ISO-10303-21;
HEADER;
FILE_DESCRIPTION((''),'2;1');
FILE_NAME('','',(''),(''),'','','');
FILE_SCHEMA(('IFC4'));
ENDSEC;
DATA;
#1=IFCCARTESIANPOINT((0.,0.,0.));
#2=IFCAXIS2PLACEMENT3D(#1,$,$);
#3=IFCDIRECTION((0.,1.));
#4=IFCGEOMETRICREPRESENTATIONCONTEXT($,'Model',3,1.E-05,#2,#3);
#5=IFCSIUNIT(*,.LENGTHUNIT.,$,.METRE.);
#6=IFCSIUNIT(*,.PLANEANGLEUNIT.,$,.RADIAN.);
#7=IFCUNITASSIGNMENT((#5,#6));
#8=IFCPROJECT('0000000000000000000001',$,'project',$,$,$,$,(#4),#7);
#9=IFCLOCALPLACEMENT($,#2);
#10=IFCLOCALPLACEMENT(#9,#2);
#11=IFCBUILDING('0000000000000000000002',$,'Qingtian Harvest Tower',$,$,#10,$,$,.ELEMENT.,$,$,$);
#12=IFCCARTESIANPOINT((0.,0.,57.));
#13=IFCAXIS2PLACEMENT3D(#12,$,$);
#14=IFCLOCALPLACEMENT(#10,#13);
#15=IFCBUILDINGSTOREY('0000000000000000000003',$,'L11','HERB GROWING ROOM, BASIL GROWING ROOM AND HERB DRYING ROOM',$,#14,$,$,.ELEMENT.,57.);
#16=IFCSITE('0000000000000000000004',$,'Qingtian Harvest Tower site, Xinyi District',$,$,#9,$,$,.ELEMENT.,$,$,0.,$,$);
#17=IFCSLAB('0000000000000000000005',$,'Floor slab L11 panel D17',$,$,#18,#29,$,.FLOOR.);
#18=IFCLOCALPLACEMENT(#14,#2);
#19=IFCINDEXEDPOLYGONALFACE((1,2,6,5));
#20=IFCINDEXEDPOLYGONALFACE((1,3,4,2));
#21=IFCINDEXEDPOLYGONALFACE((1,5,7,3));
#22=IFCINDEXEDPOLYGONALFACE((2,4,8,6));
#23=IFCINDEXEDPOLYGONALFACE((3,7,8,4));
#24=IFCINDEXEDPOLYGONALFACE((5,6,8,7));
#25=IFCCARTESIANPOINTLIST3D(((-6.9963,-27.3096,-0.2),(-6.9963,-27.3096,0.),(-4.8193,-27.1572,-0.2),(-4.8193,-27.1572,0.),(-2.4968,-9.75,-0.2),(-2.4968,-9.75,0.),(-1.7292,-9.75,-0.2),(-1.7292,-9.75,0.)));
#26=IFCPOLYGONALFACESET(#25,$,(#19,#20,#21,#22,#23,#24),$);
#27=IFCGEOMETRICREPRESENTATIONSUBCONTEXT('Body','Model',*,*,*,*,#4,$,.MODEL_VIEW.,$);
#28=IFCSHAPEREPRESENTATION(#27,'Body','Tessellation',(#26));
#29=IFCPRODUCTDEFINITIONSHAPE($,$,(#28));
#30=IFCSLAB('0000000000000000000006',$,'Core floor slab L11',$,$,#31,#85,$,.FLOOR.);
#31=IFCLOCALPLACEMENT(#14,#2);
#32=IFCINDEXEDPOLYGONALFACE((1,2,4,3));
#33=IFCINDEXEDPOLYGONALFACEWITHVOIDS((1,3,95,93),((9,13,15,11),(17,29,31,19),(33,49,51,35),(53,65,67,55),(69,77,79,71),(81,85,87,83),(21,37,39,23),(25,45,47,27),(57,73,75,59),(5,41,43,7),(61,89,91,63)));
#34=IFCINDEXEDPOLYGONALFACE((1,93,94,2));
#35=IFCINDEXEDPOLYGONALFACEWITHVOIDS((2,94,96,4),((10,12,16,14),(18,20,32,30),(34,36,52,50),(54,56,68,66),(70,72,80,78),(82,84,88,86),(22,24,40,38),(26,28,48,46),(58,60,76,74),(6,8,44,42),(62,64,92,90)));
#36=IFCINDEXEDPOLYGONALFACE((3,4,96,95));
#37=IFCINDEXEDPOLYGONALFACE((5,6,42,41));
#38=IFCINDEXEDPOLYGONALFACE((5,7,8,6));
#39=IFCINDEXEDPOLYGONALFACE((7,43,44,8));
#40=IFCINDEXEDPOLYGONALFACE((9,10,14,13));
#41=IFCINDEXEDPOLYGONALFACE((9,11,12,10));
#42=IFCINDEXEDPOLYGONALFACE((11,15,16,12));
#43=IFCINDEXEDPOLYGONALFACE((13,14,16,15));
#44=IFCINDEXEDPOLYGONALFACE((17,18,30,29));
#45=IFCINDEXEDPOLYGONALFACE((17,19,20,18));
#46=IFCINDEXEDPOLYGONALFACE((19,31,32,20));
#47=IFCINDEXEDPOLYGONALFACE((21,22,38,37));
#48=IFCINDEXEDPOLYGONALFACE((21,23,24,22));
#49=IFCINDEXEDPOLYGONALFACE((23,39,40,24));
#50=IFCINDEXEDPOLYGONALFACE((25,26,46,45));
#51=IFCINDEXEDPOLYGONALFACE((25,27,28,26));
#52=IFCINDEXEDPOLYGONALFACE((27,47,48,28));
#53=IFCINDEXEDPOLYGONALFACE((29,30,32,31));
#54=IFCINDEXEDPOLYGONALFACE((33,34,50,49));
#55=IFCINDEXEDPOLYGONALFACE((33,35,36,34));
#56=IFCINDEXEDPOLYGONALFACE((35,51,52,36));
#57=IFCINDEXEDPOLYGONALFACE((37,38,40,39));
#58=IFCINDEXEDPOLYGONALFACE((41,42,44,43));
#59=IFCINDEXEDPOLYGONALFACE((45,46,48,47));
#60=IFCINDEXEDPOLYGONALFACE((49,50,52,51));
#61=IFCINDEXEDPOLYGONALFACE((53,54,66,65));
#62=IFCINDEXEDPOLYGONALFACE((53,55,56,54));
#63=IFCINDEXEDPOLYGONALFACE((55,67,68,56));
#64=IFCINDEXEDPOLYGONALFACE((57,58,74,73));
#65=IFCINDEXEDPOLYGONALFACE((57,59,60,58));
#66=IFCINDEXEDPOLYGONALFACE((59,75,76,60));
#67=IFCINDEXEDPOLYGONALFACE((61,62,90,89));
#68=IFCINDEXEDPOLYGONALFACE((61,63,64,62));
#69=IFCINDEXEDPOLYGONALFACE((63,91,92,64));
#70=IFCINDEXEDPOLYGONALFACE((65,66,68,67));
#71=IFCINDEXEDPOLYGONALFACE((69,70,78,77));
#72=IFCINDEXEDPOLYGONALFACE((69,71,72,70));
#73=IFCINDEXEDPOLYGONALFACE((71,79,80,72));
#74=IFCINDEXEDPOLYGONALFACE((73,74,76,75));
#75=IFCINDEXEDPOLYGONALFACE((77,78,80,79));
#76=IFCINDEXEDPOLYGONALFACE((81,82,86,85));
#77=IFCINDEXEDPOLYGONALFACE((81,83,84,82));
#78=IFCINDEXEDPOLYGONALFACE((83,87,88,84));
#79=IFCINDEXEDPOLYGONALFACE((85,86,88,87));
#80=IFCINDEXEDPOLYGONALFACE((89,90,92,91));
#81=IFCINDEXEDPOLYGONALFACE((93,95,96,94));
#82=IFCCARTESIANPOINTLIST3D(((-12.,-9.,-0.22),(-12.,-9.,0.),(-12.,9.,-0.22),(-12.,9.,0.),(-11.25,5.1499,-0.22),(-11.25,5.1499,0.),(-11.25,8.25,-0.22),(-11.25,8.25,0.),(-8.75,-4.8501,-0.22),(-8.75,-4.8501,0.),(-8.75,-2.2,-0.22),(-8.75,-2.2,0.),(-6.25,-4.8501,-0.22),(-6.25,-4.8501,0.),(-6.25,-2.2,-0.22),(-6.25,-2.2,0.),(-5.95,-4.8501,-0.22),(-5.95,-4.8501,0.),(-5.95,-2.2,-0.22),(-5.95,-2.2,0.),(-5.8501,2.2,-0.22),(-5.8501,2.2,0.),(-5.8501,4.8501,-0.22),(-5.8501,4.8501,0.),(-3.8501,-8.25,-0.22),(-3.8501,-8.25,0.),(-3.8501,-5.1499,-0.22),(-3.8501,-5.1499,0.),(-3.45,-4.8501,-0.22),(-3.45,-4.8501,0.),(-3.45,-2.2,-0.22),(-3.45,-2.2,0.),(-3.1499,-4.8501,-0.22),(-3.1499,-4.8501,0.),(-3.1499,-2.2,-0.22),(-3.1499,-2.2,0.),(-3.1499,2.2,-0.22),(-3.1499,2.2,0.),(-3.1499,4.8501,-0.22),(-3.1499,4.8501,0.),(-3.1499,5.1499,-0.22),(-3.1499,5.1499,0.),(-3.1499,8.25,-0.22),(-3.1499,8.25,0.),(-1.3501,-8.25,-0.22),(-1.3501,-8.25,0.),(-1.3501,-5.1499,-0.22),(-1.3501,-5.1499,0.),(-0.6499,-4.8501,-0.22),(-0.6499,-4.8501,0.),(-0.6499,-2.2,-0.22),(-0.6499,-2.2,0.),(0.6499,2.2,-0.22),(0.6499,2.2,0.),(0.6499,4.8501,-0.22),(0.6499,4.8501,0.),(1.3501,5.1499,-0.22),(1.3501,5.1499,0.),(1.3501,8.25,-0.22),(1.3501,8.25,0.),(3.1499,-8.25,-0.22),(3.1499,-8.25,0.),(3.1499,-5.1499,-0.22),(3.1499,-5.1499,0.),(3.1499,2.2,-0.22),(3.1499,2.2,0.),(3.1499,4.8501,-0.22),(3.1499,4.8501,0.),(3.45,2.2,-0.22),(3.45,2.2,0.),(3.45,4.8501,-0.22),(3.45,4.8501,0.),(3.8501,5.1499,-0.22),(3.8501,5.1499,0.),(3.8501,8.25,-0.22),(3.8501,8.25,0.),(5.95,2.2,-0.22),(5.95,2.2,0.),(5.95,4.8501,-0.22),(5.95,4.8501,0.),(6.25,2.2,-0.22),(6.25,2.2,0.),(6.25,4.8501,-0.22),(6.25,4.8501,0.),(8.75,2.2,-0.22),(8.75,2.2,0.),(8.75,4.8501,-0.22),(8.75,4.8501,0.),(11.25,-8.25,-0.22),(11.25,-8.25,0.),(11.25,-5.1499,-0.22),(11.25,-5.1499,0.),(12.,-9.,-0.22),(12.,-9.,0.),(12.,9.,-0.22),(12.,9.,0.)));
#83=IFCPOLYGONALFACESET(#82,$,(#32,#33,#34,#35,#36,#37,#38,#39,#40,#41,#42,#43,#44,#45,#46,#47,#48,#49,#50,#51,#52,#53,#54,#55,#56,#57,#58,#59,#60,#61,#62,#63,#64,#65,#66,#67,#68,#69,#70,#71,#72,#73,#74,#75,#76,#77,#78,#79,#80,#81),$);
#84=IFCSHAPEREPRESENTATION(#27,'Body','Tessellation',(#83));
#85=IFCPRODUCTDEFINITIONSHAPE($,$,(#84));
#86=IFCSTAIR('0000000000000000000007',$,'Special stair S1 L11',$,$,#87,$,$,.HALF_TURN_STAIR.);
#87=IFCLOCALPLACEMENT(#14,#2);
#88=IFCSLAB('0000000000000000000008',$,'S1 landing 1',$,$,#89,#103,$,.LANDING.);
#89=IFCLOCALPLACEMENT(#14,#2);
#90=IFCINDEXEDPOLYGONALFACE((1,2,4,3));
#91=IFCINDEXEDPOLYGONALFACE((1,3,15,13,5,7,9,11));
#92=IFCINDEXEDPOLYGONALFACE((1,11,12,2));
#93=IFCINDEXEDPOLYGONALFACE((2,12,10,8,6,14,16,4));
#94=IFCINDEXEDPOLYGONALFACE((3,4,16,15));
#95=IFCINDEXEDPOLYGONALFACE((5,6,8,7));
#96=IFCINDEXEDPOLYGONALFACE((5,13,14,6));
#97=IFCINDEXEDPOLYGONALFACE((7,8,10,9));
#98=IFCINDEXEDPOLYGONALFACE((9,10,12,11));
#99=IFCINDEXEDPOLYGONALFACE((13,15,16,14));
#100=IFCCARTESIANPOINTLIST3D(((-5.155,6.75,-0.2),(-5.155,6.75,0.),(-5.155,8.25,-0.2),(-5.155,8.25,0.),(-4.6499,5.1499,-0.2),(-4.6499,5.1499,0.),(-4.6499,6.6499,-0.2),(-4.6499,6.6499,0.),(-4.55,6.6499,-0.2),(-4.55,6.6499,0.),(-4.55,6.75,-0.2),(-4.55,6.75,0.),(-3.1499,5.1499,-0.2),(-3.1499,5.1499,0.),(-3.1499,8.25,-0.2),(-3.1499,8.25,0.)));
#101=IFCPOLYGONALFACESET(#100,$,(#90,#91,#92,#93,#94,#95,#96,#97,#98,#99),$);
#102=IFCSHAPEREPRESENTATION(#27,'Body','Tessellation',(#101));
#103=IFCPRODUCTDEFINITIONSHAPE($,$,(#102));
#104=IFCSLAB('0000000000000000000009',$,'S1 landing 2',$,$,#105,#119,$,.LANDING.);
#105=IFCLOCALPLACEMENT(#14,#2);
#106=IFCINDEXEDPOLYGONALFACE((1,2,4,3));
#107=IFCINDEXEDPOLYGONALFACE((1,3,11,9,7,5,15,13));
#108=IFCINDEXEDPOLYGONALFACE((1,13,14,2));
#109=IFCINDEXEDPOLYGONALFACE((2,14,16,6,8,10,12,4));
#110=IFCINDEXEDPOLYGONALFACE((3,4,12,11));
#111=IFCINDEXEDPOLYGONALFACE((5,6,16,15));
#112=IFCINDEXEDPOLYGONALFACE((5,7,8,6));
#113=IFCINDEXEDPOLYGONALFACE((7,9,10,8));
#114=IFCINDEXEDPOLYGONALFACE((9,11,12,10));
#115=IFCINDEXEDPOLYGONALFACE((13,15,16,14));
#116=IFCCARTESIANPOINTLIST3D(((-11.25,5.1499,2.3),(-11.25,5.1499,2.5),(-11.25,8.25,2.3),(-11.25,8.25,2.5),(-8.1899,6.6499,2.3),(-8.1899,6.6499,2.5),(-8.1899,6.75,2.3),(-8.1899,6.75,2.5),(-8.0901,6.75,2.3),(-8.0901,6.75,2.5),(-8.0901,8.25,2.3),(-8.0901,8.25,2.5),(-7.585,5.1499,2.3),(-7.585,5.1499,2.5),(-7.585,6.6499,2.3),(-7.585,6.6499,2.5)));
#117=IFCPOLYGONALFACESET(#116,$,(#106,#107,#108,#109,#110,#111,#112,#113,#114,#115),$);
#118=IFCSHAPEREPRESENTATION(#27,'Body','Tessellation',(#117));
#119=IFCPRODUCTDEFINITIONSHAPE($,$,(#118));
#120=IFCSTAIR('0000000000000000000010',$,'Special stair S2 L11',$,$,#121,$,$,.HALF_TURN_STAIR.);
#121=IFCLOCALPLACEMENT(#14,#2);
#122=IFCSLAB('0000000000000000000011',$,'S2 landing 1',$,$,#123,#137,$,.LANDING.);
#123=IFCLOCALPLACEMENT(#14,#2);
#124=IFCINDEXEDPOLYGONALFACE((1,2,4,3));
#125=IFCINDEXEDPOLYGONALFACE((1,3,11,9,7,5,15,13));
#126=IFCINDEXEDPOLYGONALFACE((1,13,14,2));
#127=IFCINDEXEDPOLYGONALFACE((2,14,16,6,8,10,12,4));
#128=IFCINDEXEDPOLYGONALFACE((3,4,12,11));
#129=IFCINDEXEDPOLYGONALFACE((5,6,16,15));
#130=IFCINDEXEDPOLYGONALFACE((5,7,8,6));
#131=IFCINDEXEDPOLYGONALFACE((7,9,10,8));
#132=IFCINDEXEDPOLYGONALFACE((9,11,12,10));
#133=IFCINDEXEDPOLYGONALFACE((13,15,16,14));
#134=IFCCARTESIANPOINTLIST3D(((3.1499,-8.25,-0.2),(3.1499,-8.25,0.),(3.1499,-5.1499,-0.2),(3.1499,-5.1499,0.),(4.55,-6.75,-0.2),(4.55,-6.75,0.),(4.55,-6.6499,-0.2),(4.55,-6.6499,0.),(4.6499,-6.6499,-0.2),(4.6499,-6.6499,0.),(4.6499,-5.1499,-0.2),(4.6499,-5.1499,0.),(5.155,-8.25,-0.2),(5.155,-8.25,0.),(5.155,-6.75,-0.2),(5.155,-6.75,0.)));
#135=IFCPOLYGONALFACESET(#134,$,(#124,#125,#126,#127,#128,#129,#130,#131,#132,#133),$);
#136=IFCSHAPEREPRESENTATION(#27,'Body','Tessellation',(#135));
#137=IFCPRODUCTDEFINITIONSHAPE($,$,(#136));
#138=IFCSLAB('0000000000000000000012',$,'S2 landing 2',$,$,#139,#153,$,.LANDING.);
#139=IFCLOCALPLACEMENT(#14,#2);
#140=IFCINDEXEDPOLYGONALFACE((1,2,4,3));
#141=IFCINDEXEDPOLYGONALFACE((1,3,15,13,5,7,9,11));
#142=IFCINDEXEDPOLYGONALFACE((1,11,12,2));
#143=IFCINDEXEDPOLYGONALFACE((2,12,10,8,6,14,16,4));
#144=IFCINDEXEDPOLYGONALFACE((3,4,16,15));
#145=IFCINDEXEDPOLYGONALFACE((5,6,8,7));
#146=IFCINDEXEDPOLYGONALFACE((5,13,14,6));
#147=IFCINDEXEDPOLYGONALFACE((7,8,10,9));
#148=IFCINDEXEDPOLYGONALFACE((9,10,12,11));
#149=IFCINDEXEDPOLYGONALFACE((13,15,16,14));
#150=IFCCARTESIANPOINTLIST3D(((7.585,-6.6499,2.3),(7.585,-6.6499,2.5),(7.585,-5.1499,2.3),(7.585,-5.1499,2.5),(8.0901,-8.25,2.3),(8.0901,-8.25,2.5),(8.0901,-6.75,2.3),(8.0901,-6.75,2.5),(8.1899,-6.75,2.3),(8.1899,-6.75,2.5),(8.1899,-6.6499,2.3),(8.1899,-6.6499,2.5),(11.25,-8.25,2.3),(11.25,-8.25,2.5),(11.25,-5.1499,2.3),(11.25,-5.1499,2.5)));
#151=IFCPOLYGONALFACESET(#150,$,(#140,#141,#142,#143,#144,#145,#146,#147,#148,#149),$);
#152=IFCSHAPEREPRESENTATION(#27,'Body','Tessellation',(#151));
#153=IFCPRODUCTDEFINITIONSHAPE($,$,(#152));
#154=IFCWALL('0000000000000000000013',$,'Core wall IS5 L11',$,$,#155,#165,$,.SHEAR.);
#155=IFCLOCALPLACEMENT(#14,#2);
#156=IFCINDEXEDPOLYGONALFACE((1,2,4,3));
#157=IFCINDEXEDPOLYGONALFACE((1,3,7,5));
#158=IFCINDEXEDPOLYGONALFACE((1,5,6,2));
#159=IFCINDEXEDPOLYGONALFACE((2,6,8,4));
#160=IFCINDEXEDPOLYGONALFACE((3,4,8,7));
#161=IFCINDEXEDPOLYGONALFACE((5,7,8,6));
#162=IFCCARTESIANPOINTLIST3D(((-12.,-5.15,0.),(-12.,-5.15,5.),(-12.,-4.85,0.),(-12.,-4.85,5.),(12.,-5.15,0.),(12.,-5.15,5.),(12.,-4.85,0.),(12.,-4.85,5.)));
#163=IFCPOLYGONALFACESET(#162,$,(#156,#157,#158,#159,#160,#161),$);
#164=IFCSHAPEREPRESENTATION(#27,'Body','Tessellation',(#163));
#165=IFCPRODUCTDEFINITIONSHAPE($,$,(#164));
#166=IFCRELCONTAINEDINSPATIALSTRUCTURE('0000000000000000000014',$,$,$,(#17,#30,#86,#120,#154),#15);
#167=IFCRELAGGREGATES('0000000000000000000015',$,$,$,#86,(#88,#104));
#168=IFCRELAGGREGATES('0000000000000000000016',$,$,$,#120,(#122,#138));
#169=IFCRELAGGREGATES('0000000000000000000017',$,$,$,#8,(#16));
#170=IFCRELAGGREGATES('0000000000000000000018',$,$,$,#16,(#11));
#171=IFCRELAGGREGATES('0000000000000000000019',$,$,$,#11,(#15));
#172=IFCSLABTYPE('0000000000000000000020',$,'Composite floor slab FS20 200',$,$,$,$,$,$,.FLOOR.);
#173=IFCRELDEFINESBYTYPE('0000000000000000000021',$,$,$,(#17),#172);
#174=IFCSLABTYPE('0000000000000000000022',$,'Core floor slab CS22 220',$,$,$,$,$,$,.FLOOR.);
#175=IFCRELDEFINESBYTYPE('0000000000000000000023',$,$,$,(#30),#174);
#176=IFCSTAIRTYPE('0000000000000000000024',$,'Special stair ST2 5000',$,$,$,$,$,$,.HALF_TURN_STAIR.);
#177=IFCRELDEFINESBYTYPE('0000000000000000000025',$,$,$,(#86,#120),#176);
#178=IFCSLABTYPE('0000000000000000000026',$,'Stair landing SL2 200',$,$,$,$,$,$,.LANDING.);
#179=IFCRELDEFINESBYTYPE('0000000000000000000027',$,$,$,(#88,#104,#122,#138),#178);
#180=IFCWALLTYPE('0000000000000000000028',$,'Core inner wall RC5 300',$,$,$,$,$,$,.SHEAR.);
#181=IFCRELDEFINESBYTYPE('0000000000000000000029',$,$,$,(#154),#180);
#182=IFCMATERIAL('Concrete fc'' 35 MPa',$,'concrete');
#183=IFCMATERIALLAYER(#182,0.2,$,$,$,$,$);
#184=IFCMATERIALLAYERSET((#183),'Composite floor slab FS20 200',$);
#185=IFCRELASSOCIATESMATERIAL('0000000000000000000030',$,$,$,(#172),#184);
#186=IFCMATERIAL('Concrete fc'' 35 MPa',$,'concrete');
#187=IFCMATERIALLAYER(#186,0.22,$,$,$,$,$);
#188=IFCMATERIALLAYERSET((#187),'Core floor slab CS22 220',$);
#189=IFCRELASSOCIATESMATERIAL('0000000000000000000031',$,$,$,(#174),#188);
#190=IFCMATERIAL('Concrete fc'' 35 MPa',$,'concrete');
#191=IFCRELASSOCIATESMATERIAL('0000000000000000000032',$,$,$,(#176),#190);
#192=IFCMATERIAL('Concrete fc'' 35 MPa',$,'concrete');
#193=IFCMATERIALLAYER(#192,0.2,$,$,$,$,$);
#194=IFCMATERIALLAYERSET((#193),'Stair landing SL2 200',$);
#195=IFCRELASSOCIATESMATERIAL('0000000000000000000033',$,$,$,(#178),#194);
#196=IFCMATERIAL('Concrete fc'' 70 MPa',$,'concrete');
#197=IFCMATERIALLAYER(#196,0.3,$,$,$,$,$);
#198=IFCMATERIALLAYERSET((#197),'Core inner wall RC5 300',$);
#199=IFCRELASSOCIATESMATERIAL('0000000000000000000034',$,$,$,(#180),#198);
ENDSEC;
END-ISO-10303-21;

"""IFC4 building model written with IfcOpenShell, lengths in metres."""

from ifc_helpers import new_model, si_unit, direction, frame, frame_2d, origin, place, context, subcontext, project, spatial, polyline, rectangle, outline, extrude, material, layer, layer_set, type_object, element, aggregate, save


model = new_model("IFC4")

# Units and contexts
model_context = context("Model", 3, precision=1e-05, world=origin(), true_north=direction((0.0, 1.0)))
body_context = subcontext(model_context, "Body", "Model", "MODEL_VIEW")
ifc_project = project(units=[si_unit("LENGTHUNIT", "METRE"), si_unit("PLANEANGLEUNIT", "RADIAN")], contexts=[model_context])

# Site, building, storey
site_placement = place(None, origin())
site = spatial("IfcSite", under=ifc_project, at=site_placement, Name="Qingtian Harvest Tower site, Xinyi District", CompositionType="ELEMENT", RefElevation=0.0)
building_placement = place(site_placement, origin())
building = spatial("IfcBuilding", under=site, at=building_placement, Name="Qingtian Harvest Tower", CompositionType="ELEMENT")
storey_placement = place(building_placement, frame((0.0, 0.0, 57.0)))
storey = spatial("IfcBuildingStorey", under=building, at=storey_placement, Name="L11", Description="HERB GROWING ROOM, BASIL GROWING ROOM AND HERB DRYING ROOM", CompositionType="ELEMENT", Elevation=57.0)

# Slabs
ifc_material_1 = material(Name="Concrete fc' 35 MPa", Category="concrete")
ifc_layer_1 = layer(ifc_material_1, 0.2)
ifc_layer_set_1 = layer_set([ifc_layer_1], Name="Composite floor slab FS20 200")
slab_type_1 = type_object("IfcSlabType", Name="Composite floor slab FS20 200", PredefinedType="FLOOR", material=ifc_layer_set_1)
slab_1_placement = place(storey_placement, frame((0.0, 0.0, -0.2)))
element("IfcSlab", 1, at=slab_1_placement, inside=storey, type_object=slab_type_1, Name="Floor slab L11 panel D17", PredefinedType="FLOOR", context=body_context, shape_type="SweptSolid", body=[
    extrude(outline(polyline([(-1.7292, -9.75), (-4.8193, -27.1572), (-6.9963, -27.3096), (-2.4968, -9.75), (-1.7292, -9.75)])), origin(), (0.0, 0.0, 1.0), 0.2),
])
ifc_material_2 = material(Name="Concrete fc' 35 MPa", Category="concrete")
ifc_layer_2 = layer(ifc_material_2, 0.22)
ifc_layer_set_2 = layer_set([ifc_layer_2], Name="Core floor slab CS22 220")
slab_type_2 = type_object("IfcSlabType", Name="Core floor slab CS22 220", PredefinedType="FLOOR", material=ifc_layer_set_2)
slab_2_placement = place(storey_placement, frame((0.0, 0.0, -0.22)))
element("IfcSlab", 2, at=slab_2_placement, inside=storey, type_object=slab_type_2, Name="Core floor slab L11", PredefinedType="FLOOR", context=body_context, shape_type="SweptSolid", body=[
    extrude(outline(polyline([(-12.0, -9.0), (12.0, -9.0), (12.0, 9.0), (-12.0, 9.0), (-12.0, -9.0)]), holes=[polyline([(-11.25, 5.1499), (-3.1499, 5.1499), (-3.1499, 8.25), (-11.25, 8.25), (-11.25, 5.1499)]), polyline([(3.1499, -8.25), (11.25, -8.25), (11.25, -5.1499), (3.1499, -5.1499), (3.1499, -8.25)]), polyline([(1.3501, 5.1499), (3.8501, 5.1499), (3.8501, 8.25), (1.3501, 8.25), (1.3501, 5.1499)]), polyline([(-3.8501, -8.25), (-1.3501, -8.25), (-1.3501, -5.1499), (-3.8501, -5.1499), (-3.8501, -8.25)]), polyline([(-5.8501, 2.2), (-3.1499, 2.2), (-3.1499, 4.8501), (-5.8501, 4.8501), (-5.8501, 2.2)]), polyline([(0.6499, 2.2), (3.1499, 2.2), (3.1499, 4.8501), (0.6499, 4.8501), (0.6499, 2.2)]), polyline([(3.45, 2.2), (5.95, 2.2), (5.95, 4.8501), (3.45, 4.8501), (3.45, 2.2)]), polyline([(6.25, 2.2), (8.75, 2.2), (8.75, 4.8501), (6.25, 4.8501), (6.25, 2.2)]), polyline([(-8.75, -4.8501), (-6.25, -4.8501), (-6.25, -2.2), (-8.75, -2.2), (-8.75, -4.8501)]), polyline([(-5.95, -4.8501), (-3.45, -4.8501), (-3.45, -2.2), (-5.95, -2.2), (-5.95, -4.8501)]), polyline([(-3.1499, -4.8501), (-0.6499, -4.8501), (-0.6499, -2.2), (-3.1499, -2.2), (-3.1499, -4.8501)])]), origin(), (0.0, 0.0, 1.0), 0.22),
])

# Stairs, slabs
ifc_material_3 = material(Name="Concrete fc' 35 MPa", Category="concrete")
stair_type = type_object("IfcStairType", Name="Special stair ST2 5000", PredefinedType="HALF_TURN_STAIR", material=ifc_material_3)
stair_1_placement = place(storey_placement, origin())
stair_1 = element("IfcStair", 3, at=stair_1_placement, inside=storey, type_object=stair_type, Name="Special stair S1 L11", PredefinedType="HALF_TURN_STAIR")
ifc_material_4 = material(Name="Concrete fc' 35 MPa", Category="concrete")
ifc_layer_3 = layer(ifc_material_4, 0.2)
ifc_layer_set_3 = layer_set([ifc_layer_3], Name="Stair landing SL2 200")
slab_type_3 = type_object("IfcSlabType", Name="Stair landing SL2 200", PredefinedType="LANDING", material=ifc_layer_set_3)
slab_3_placement = place(storey_placement, frame((0.0, 0.0, -0.2)))
slab_3 = element("IfcSlab", 4, at=slab_3_placement, type_object=slab_type_3, Name="S1 landing 1", PredefinedType="LANDING", context=body_context, shape_type="SweptSolid", body=[
    extrude(outline(polyline([(-4.6499, 5.1499), (-4.6499, 6.6499), (-4.55, 6.6499), (-4.55, 6.75), (-5.155, 6.75), (-5.155, 8.25), (-3.1499, 8.25), (-3.1499, 5.1499), (-4.6499, 5.1499)])), origin(), (0.0, 0.0, 1.0), 0.2),
])
slab_4_placement = place(storey_placement, frame((0.0, 0.0, 2.3)))
slab_4 = element("IfcSlab", 5, at=slab_4_placement, type_object=slab_type_3, Name="S1 landing 2", PredefinedType="LANDING", context=body_context, shape_type="SweptSolid", body=[
    extrude(outline(polyline([(-7.585, 5.1499), (-11.25, 5.1499), (-11.25, 8.25), (-8.0901, 8.25), (-8.0901, 6.75), (-8.1899, 6.75), (-8.1899, 6.6499), (-7.585, 6.6499), (-7.585, 5.1499)])), origin(), (0.0, 0.0, 1.0), 0.2),
])
aggregate(stair_1, [slab_3, slab_4])
stair_2_placement = place(storey_placement, origin())
stair_2 = element("IfcStair", 6, at=stair_2_placement, inside=storey, type_object=stair_type, Name="Special stair S2 L11", PredefinedType="HALF_TURN_STAIR")
slab_5_placement = place(storey_placement, frame((0.0, 0.0, -0.2)))
slab_5 = element("IfcSlab", 7, at=slab_5_placement, type_object=slab_type_3, Name="S2 landing 1", PredefinedType="LANDING", context=body_context, shape_type="SweptSolid", body=[
    extrude(outline(polyline([(5.155, -8.25), (3.1499, -8.25), (3.1499, -5.1499), (4.6499, -5.1499), (4.6499, -6.6499), (4.55, -6.6499), (4.55, -6.75), (5.155, -6.75), (5.155, -8.25)])), origin(), (0.0, 0.0, 1.0), 0.2),
])
slab_6_placement = place(storey_placement, frame((0.0, 0.0, 2.3)))
slab_6 = element("IfcSlab", 8, at=slab_6_placement, type_object=slab_type_3, Name="S2 landing 2", PredefinedType="LANDING", context=body_context, shape_type="SweptSolid", body=[
    extrude(outline(polyline([(8.0901, -8.25), (8.0901, -6.75), (8.1899, -6.75), (8.1899, -6.6499), (7.585, -6.6499), (7.585, -5.1499), (11.25, -5.1499), (11.25, -8.25), (8.0901, -8.25)])), origin(), (0.0, 0.0, 1.0), 0.2),
])
aggregate(stair_2, [slab_5, slab_6])

# Wall
ifc_material_5 = material(Name="Concrete fc' 70 MPa", Category="concrete")
ifc_layer_4 = layer(ifc_material_5, 0.3)
ifc_layer_set_4 = layer_set([ifc_layer_4], Name="Core inner wall RC5 300")
wall_type_1 = type_object("IfcWallType", Name="Core inner wall RC5 300", PredefinedType="SHEAR", material=ifc_layer_set_4)
wall_1_placement = place(storey_placement, frame((-12.0, -5.0, 0.0), z_axis=(0.0, 0.0, 1.0), x_axis=(1.0, 0.0, 0.0)))
element("IfcWall", 9, at=wall_1_placement, inside=storey, type_object=wall_type_1, Name="Core wall IS5 L11", PredefinedType="SHEAR", context=body_context, shape_type="SweptSolid", body=[
    extrude(rectangle(XDim=24.0, YDim=0.3, at=frame_2d((12.0, 0.0))), origin(), (0.0, 0.0, 1.0), 5.0),
])

save(model, "model.ifc")
